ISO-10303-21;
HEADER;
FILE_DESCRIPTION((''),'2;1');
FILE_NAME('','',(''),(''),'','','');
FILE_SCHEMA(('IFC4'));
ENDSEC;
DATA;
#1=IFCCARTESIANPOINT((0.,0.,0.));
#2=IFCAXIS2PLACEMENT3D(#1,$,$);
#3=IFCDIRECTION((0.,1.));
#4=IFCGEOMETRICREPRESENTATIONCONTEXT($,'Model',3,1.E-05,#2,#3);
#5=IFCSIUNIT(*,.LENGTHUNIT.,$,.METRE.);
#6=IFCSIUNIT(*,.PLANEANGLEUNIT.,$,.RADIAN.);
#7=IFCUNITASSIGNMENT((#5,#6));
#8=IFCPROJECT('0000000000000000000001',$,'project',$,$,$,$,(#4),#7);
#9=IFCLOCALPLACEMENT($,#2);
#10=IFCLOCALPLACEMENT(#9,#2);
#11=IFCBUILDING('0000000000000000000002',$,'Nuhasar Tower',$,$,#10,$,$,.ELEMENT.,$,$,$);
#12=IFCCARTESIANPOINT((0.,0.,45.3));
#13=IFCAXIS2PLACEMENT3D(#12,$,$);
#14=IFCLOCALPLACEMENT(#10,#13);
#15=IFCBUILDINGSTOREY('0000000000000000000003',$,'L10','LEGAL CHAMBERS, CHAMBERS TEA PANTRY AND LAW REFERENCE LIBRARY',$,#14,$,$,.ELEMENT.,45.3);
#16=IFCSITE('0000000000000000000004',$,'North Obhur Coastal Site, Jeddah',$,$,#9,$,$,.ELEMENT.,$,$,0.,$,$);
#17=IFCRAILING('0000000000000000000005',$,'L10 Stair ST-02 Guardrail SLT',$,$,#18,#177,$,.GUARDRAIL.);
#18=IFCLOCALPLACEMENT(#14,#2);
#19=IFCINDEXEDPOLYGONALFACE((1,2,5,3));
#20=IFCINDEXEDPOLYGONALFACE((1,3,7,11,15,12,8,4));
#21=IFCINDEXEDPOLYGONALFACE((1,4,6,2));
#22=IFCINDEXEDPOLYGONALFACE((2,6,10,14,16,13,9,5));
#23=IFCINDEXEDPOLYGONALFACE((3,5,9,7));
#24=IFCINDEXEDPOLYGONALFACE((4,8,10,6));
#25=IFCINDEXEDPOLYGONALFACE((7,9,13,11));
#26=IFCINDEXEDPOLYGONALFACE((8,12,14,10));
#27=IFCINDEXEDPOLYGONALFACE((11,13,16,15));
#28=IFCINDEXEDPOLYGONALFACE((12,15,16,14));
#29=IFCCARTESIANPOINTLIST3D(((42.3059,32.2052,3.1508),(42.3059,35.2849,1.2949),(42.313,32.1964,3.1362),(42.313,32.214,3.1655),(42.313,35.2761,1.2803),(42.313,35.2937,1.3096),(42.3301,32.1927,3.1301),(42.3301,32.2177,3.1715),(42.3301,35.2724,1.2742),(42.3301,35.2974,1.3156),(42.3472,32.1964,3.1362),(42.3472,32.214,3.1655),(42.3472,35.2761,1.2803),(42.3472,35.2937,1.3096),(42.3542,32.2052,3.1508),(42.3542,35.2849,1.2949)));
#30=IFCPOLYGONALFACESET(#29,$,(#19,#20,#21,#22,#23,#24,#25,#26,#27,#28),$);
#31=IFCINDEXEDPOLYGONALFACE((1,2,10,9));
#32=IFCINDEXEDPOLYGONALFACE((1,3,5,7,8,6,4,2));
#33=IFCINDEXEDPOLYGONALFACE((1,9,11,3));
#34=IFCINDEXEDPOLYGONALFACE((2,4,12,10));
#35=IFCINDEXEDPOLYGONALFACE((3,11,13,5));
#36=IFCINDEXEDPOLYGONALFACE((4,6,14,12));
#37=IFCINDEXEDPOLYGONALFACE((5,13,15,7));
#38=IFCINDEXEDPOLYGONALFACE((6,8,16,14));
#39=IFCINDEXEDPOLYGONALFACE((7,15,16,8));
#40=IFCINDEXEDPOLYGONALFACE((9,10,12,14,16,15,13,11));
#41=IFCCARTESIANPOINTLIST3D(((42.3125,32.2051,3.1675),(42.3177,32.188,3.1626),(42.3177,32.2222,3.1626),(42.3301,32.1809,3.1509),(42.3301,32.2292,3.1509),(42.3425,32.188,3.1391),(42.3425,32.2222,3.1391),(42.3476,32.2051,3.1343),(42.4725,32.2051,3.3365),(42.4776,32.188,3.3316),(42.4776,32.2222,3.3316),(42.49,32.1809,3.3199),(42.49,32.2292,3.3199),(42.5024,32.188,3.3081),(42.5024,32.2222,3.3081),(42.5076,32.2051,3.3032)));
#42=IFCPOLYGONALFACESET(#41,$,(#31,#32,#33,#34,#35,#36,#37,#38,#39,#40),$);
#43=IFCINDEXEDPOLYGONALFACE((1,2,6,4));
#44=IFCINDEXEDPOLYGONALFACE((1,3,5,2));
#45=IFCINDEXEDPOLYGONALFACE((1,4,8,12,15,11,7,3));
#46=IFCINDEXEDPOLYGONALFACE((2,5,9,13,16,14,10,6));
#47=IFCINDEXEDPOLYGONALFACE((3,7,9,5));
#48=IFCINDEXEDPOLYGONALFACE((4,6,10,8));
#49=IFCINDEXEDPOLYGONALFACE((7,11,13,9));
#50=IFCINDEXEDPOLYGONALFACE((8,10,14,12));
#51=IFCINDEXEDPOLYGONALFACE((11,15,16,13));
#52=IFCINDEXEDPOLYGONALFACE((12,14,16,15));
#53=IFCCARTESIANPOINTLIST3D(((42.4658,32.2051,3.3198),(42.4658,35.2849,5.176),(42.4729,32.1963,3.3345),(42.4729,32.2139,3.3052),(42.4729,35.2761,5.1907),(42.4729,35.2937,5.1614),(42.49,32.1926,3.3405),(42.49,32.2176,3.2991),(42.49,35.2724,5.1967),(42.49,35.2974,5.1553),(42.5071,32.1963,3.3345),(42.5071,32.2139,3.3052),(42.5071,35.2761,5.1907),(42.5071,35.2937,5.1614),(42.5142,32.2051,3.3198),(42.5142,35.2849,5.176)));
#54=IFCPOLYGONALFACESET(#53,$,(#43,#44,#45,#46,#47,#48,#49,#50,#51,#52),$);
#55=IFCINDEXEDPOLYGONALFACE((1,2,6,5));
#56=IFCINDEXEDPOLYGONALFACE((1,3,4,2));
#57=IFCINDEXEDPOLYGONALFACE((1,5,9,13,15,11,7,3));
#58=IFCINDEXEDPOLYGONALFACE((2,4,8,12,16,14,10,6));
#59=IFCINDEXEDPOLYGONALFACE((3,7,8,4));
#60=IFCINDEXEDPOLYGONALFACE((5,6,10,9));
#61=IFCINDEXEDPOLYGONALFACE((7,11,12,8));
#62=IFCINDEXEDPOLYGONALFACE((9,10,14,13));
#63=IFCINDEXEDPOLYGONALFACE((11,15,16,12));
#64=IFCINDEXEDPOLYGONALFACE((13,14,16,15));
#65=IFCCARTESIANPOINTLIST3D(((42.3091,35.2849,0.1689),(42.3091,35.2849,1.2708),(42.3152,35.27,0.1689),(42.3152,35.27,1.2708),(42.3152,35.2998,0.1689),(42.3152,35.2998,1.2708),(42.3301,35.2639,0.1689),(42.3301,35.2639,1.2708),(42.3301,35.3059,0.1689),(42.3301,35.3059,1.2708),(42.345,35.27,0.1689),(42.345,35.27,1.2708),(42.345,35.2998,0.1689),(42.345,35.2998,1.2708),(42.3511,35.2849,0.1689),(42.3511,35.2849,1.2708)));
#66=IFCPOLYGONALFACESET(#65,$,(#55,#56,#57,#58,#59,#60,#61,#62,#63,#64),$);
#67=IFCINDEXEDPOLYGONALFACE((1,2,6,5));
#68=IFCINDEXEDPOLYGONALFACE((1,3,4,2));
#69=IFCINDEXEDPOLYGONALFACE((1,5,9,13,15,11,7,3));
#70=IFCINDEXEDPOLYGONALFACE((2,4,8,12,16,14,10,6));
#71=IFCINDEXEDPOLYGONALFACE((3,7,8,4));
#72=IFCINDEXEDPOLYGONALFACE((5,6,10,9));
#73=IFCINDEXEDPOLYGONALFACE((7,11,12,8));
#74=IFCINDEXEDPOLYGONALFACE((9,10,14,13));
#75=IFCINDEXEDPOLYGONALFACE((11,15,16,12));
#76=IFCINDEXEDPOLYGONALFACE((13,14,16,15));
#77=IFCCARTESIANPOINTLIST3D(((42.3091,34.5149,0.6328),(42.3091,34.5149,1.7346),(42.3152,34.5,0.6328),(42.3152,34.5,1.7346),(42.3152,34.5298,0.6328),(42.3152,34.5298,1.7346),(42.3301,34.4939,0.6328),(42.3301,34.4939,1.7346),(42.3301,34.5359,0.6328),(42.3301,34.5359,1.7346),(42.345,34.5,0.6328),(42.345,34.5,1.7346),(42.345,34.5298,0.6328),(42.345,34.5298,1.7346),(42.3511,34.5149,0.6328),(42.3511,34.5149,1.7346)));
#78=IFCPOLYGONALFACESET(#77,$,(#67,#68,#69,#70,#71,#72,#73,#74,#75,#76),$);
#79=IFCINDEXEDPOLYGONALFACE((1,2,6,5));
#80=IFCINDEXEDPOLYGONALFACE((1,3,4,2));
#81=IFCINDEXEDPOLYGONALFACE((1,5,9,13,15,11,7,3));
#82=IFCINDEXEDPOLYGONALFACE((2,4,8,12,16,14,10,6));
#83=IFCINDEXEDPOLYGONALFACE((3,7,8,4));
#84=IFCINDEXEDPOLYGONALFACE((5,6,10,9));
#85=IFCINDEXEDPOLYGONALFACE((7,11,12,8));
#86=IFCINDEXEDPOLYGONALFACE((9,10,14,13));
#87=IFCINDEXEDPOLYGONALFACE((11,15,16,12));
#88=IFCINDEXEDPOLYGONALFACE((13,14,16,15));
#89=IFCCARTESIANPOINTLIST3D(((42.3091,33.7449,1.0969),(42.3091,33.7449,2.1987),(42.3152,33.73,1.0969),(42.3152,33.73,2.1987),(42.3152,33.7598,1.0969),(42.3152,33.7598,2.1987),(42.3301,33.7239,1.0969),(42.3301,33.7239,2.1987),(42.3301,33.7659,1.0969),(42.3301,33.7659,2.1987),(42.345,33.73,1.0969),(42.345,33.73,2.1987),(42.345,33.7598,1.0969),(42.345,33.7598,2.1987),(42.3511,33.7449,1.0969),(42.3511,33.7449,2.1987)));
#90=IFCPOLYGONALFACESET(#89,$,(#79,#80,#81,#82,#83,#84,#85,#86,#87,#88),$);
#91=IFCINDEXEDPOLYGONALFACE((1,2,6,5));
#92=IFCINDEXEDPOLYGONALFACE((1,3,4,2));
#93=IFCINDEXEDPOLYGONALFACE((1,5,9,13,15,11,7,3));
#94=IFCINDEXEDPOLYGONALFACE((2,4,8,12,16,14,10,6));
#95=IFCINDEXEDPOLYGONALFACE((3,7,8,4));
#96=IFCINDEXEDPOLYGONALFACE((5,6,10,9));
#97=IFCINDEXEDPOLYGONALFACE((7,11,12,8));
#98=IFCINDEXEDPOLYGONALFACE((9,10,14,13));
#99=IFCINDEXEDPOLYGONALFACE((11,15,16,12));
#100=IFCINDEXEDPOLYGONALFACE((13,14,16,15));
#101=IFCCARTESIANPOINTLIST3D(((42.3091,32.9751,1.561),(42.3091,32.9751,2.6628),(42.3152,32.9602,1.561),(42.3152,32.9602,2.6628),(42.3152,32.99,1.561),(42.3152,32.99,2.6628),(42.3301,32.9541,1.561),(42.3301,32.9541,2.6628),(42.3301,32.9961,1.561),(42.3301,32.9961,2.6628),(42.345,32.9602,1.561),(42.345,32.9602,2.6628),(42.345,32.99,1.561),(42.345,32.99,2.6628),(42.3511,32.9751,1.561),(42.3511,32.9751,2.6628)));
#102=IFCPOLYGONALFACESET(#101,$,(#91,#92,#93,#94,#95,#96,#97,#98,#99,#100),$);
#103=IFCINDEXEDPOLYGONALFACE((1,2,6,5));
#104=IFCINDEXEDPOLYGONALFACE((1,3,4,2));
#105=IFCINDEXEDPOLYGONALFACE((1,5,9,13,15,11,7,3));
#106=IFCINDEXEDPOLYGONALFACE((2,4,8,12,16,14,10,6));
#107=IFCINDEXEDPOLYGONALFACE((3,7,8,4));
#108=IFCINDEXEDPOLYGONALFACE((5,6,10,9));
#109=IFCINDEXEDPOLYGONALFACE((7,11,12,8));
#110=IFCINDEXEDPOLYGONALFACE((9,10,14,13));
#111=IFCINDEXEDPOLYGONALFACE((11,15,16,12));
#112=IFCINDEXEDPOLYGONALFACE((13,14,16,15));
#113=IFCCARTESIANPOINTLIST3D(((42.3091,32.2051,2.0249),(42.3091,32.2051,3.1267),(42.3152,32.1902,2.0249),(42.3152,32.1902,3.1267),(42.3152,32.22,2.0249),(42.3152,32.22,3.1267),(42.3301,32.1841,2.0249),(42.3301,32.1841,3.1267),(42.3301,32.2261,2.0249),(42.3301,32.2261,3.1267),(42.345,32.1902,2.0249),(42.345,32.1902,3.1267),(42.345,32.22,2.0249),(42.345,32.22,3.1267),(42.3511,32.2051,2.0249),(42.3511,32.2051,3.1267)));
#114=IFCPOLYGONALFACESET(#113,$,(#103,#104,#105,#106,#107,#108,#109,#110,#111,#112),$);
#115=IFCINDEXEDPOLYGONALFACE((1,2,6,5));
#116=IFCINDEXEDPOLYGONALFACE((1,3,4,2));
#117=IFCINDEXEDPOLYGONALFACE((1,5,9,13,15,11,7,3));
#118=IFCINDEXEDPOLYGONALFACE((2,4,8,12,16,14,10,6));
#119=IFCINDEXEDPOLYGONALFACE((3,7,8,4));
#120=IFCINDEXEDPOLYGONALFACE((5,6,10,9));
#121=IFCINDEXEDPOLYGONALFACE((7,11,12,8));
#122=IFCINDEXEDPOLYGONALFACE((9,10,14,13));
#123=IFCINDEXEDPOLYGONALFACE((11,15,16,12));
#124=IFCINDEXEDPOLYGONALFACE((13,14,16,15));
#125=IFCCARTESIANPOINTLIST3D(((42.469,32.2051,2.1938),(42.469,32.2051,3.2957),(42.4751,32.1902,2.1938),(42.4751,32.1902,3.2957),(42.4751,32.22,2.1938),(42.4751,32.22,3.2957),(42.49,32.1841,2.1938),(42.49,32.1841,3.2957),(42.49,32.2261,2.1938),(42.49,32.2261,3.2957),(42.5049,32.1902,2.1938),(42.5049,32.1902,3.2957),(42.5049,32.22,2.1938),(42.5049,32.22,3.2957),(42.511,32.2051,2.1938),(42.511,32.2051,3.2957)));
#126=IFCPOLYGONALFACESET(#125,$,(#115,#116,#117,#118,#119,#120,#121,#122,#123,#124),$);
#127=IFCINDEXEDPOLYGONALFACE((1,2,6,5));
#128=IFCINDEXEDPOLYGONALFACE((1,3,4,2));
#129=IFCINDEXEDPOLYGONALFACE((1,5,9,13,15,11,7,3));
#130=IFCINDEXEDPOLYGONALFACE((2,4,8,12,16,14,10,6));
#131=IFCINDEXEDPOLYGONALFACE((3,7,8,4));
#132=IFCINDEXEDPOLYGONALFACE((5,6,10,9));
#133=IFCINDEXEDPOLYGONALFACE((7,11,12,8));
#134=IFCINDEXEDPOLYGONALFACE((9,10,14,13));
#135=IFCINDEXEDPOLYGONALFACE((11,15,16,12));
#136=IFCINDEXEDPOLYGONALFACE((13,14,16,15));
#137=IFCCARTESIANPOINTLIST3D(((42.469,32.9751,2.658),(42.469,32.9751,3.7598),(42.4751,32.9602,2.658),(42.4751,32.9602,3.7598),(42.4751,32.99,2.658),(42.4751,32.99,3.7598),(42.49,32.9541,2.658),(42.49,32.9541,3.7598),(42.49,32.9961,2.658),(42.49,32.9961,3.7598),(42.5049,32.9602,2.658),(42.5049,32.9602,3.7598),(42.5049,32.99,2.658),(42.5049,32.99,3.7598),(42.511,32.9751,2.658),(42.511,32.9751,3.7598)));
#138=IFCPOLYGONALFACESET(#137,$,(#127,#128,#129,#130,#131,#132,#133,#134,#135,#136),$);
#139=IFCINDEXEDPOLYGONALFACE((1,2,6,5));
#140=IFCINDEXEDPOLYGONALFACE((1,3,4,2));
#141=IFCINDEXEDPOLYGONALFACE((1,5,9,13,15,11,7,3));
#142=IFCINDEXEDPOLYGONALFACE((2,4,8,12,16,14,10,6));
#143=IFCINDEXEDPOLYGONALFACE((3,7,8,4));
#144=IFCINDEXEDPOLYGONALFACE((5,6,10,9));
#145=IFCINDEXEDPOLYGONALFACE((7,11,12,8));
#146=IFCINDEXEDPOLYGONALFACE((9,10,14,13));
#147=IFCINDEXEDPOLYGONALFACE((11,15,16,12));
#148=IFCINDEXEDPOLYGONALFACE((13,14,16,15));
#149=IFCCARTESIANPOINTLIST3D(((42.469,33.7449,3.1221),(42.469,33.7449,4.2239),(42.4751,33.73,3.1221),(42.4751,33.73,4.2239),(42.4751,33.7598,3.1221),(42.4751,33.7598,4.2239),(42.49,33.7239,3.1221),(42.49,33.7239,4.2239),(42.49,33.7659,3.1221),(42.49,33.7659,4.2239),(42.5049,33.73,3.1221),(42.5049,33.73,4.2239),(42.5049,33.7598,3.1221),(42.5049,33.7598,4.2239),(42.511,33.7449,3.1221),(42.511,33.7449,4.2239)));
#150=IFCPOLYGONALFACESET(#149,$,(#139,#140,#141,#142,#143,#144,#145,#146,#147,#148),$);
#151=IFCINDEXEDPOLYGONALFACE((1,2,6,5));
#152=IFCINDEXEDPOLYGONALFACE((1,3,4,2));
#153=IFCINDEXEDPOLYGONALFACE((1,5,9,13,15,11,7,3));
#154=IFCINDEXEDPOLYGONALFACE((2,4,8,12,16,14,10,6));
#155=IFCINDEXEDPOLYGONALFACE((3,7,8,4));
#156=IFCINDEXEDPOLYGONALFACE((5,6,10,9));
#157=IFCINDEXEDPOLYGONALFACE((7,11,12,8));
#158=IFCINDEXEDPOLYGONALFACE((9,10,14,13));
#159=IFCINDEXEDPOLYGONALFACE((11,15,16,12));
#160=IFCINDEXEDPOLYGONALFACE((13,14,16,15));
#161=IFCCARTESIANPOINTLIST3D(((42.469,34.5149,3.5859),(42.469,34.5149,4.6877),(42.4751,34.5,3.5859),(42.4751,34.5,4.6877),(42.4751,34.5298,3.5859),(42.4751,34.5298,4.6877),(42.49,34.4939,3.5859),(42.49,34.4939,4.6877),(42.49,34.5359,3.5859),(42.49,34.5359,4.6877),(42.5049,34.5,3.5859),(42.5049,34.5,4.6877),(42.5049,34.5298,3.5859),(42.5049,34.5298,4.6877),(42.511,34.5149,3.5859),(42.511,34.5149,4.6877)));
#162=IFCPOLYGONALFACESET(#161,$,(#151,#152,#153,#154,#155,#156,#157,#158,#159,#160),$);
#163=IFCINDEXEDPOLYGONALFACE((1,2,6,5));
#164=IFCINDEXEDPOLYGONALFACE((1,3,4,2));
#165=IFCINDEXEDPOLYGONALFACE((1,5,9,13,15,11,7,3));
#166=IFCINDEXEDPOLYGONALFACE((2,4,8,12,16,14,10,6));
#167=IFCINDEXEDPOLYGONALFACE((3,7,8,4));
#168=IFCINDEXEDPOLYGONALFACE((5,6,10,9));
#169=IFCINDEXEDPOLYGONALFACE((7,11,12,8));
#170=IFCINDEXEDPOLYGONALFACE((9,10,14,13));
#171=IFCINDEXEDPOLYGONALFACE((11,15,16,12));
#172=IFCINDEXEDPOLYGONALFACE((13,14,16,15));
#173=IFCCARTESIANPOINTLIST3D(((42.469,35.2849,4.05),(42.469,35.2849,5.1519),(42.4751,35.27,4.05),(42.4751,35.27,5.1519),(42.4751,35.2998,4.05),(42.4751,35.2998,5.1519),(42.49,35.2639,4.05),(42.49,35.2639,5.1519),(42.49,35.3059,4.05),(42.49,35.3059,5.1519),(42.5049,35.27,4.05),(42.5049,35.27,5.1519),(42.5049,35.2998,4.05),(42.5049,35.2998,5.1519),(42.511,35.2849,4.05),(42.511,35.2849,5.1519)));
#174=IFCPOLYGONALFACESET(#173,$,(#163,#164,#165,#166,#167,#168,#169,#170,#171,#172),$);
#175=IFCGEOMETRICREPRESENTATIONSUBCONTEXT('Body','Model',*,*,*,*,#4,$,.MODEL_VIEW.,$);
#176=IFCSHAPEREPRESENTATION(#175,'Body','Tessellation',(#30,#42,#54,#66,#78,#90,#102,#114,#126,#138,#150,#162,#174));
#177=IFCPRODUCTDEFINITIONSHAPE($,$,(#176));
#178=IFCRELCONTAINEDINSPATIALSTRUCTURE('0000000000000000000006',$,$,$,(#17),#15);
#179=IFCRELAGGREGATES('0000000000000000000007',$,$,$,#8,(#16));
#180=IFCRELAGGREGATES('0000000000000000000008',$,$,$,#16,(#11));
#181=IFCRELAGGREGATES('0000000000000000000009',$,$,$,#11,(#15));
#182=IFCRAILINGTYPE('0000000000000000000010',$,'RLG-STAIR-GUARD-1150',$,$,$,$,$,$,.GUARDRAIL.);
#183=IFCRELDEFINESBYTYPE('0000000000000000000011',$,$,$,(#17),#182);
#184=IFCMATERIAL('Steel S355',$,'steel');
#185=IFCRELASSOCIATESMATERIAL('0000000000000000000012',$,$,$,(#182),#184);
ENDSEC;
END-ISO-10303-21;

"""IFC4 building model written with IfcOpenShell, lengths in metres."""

from ifc_helpers import new_model, si_unit, direction, frame, origin, place, context, subcontext, project, spatial, polyline, outline, extrude, material, type_object, element, save


model = new_model("IFC4")

# Units and contexts
model_context = context("Model", 3, precision=1e-05, world=origin(), true_north=direction((0.0, 1.0)))
body_context = subcontext(model_context, "Body", "Model", "MODEL_VIEW")
ifc_project = project(units=[si_unit("LENGTHUNIT", "METRE"), si_unit("PLANEANGLEUNIT", "RADIAN")], contexts=[model_context])

# Site, building, storey
site_placement = place(None, origin())
site = spatial("IfcSite", under=ifc_project, at=site_placement, Name="North Obhur Coastal Site, Jeddah", CompositionType="ELEMENT", RefElevation=0.0)
building_placement = place(site_placement, origin())
building = spatial("IfcBuilding", under=site, at=building_placement, Name="Nuhasar Tower", CompositionType="ELEMENT")
storey_placement = place(building_placement, frame((0.0, 0.0, 45.3)))
storey = spatial("IfcBuildingStorey", under=building, at=storey_placement, Name="L10", Description="LEGAL CHAMBERS, CHAMBERS TEA PANTRY AND LAW REFERENCE LIBRARY", CompositionType="ELEMENT", Elevation=45.3)

# Shared definitions
ifc_material_1 = material(Name="Steel S355", Category="steel")

# Railing
railing_type_1 = type_object("IfcRailingType", Name="RLG-STAIR-GUARD-1150", PredefinedType="GUARDRAIL", material=ifc_material_1)
railing_1_placement = place(storey_placement, frame((42.3301, 35.2849, 0.1689)))
element("IfcRailing", 1, at=railing_1_placement, inside=storey, type_object=railing_type_1, Name="L10 Stair ST-02 Guardrail SLT", PredefinedType="GUARDRAIL", context=body_context, shape_type="SweptSolid", body=[
    extrude(outline(polyline([(0.0242, 0.0), (0.0171, 0.0171), (0.0, 0.0242), (-0.0171, 0.0171), (-0.0242, 0.0), (-0.0171, -0.0171), (0.0, -0.0242), (0.0171, -0.0171), (0.0242, 0.0)])), frame((0.0, 0.0, 1.126), z_axis=(0.0, -0.856503, 0.516142), x_axis=(1.0, 0.0, 0.0)), (0.0, 0.0, 1.0), 3.5957),
    extrude(outline(polyline([(0.0242, 0.0), (0.0171, 0.0171), (0.0, 0.0242), (-0.0171, 0.0171), (-0.0242, 0.0), (-0.0171, -0.0171), (0.0, -0.0242), (0.0171, -0.0171), (0.0242, 0.0)])), frame((0.0, -3.0798, 2.9819), z_axis=(0.687424, 0.0, 0.726256), x_axis=(0.0, 1.0, 0.0)), (0.0, 0.0, 1.0), 0.2327),
    extrude(outline(polyline([(0.0242, 0.0), (0.0171, 0.0171), (0.0, 0.0242), (-0.0171, 0.0171), (-0.0242, 0.0), (-0.0171, -0.0171), (0.0, -0.0242), (0.0171, -0.0171), (0.0242, 0.0)])), frame((0.1599, -3.0798, 3.1509), z_axis=(0.0, 0.856473, 0.516192), x_axis=(-1.0, 0.0, 0.0)), (0.0, 0.0, 1.0), 3.5959),
    extrude(outline(polyline([(0.021, 0.0), (0.0149, 0.0149), (0.0, 0.021), (-0.0149, 0.0149), (-0.021, 0.0), (-0.0149, -0.0149), (0.0, -0.021), (0.0149, -0.0149), (0.021, 0.0)])), origin(), (0.0, 0.0, 1.0), 1.1018),
    extrude(outline(polyline([(0.021, 0.0), (0.0149, 0.0149), (0.0, 0.021), (-0.0149, 0.0149), (-0.021, 0.0), (-0.0149, -0.0149), (0.0, -0.021), (0.0149, -0.0149), (0.021, 0.0)])), frame((0.0, -0.77, 0.4639)), (0.0, 0.0, 1.0), 1.1018),
    extrude(outline(polyline([(0.021, 0.0), (0.0149, 0.0149), (0.0, 0.021), (-0.0149, 0.0149), (-0.021, 0.0), (-0.0149, -0.0149), (0.0, -0.021), (0.0149, -0.0149), (0.021, 0.0)])), frame((0.0, -1.54, 0.928)), (0.0, 0.0, 1.0), 1.1018),
    extrude(outline(polyline([(0.021, 0.0), (0.0149, 0.0149), (0.0, 0.021), (-0.0149, 0.0149), (-0.021, 0.0), (-0.0149, -0.0149), (0.0, -0.021), (0.0149, -0.0149), (0.021, 0.0)])), frame((0.0, -2.3098, 1.3921)), (0.0, 0.0, 1.0), 1.1018),
    extrude(outline(polyline([(0.021, 0.0), (0.0149, 0.0149), (0.0, 0.021), (-0.0149, 0.0149), (-0.021, 0.0), (-0.0149, -0.0149), (0.0, -0.021), (0.0149, -0.0149), (0.021, 0.0)])), frame((0.0, -3.0798, 1.856)), (0.0, 0.0, 1.0), 1.1018),
    extrude(outline(polyline([(0.021, 0.0), (0.0149, 0.0149), (0.0, 0.021), (-0.0149, 0.0149), (-0.021, 0.0), (-0.0149, -0.0149), (0.0, -0.021), (0.0149, -0.0149), (0.021, 0.0)])), frame((0.1599, -3.0798, 2.0249)), (0.0, 0.0, 1.0), 1.1018),
    extrude(outline(polyline([(0.021, 0.0), (0.0149, 0.0149), (0.0, 0.021), (-0.0149, 0.0149), (-0.021, 0.0), (-0.0149, -0.0149), (0.0, -0.021), (0.0149, -0.0149), (0.021, 0.0)])), frame((0.1599, -2.3098, 2.489)), (0.0, 0.0, 1.0), 1.1018),
    extrude(outline(polyline([(0.021, 0.0), (0.0149, 0.0149), (0.0, 0.021), (-0.0149, 0.0149), (-0.021, 0.0), (-0.0149, -0.0149), (0.0, -0.021), (0.0149, -0.0149), (0.021, 0.0)])), frame((0.1599, -1.54, 2.9531)), (0.0, 0.0, 1.0), 1.1018),
    extrude(outline(polyline([(0.021, 0.0), (0.0149, 0.0149), (0.0, 0.021), (-0.0149, 0.0149), (-0.021, 0.0), (-0.0149, -0.0149), (0.0, -0.021), (0.0149, -0.0149), (0.021, 0.0)])), frame((0.1599, -0.77, 3.417)), (0.0, 0.0, 1.0), 1.1018),
    extrude(outline(polyline([(0.021, 0.0), (0.0149, 0.0149), (0.0, 0.021), (-0.0149, 0.0149), (-0.021, 0.0), (-0.0149, -0.0149), (0.0, -0.021), (0.0149, -0.0149), (0.021, 0.0)])), frame((0.1599, 0.0, 3.8811)), (0.0, 0.0, 1.0), 1.1018),
])

save(model, "model.ifc")
